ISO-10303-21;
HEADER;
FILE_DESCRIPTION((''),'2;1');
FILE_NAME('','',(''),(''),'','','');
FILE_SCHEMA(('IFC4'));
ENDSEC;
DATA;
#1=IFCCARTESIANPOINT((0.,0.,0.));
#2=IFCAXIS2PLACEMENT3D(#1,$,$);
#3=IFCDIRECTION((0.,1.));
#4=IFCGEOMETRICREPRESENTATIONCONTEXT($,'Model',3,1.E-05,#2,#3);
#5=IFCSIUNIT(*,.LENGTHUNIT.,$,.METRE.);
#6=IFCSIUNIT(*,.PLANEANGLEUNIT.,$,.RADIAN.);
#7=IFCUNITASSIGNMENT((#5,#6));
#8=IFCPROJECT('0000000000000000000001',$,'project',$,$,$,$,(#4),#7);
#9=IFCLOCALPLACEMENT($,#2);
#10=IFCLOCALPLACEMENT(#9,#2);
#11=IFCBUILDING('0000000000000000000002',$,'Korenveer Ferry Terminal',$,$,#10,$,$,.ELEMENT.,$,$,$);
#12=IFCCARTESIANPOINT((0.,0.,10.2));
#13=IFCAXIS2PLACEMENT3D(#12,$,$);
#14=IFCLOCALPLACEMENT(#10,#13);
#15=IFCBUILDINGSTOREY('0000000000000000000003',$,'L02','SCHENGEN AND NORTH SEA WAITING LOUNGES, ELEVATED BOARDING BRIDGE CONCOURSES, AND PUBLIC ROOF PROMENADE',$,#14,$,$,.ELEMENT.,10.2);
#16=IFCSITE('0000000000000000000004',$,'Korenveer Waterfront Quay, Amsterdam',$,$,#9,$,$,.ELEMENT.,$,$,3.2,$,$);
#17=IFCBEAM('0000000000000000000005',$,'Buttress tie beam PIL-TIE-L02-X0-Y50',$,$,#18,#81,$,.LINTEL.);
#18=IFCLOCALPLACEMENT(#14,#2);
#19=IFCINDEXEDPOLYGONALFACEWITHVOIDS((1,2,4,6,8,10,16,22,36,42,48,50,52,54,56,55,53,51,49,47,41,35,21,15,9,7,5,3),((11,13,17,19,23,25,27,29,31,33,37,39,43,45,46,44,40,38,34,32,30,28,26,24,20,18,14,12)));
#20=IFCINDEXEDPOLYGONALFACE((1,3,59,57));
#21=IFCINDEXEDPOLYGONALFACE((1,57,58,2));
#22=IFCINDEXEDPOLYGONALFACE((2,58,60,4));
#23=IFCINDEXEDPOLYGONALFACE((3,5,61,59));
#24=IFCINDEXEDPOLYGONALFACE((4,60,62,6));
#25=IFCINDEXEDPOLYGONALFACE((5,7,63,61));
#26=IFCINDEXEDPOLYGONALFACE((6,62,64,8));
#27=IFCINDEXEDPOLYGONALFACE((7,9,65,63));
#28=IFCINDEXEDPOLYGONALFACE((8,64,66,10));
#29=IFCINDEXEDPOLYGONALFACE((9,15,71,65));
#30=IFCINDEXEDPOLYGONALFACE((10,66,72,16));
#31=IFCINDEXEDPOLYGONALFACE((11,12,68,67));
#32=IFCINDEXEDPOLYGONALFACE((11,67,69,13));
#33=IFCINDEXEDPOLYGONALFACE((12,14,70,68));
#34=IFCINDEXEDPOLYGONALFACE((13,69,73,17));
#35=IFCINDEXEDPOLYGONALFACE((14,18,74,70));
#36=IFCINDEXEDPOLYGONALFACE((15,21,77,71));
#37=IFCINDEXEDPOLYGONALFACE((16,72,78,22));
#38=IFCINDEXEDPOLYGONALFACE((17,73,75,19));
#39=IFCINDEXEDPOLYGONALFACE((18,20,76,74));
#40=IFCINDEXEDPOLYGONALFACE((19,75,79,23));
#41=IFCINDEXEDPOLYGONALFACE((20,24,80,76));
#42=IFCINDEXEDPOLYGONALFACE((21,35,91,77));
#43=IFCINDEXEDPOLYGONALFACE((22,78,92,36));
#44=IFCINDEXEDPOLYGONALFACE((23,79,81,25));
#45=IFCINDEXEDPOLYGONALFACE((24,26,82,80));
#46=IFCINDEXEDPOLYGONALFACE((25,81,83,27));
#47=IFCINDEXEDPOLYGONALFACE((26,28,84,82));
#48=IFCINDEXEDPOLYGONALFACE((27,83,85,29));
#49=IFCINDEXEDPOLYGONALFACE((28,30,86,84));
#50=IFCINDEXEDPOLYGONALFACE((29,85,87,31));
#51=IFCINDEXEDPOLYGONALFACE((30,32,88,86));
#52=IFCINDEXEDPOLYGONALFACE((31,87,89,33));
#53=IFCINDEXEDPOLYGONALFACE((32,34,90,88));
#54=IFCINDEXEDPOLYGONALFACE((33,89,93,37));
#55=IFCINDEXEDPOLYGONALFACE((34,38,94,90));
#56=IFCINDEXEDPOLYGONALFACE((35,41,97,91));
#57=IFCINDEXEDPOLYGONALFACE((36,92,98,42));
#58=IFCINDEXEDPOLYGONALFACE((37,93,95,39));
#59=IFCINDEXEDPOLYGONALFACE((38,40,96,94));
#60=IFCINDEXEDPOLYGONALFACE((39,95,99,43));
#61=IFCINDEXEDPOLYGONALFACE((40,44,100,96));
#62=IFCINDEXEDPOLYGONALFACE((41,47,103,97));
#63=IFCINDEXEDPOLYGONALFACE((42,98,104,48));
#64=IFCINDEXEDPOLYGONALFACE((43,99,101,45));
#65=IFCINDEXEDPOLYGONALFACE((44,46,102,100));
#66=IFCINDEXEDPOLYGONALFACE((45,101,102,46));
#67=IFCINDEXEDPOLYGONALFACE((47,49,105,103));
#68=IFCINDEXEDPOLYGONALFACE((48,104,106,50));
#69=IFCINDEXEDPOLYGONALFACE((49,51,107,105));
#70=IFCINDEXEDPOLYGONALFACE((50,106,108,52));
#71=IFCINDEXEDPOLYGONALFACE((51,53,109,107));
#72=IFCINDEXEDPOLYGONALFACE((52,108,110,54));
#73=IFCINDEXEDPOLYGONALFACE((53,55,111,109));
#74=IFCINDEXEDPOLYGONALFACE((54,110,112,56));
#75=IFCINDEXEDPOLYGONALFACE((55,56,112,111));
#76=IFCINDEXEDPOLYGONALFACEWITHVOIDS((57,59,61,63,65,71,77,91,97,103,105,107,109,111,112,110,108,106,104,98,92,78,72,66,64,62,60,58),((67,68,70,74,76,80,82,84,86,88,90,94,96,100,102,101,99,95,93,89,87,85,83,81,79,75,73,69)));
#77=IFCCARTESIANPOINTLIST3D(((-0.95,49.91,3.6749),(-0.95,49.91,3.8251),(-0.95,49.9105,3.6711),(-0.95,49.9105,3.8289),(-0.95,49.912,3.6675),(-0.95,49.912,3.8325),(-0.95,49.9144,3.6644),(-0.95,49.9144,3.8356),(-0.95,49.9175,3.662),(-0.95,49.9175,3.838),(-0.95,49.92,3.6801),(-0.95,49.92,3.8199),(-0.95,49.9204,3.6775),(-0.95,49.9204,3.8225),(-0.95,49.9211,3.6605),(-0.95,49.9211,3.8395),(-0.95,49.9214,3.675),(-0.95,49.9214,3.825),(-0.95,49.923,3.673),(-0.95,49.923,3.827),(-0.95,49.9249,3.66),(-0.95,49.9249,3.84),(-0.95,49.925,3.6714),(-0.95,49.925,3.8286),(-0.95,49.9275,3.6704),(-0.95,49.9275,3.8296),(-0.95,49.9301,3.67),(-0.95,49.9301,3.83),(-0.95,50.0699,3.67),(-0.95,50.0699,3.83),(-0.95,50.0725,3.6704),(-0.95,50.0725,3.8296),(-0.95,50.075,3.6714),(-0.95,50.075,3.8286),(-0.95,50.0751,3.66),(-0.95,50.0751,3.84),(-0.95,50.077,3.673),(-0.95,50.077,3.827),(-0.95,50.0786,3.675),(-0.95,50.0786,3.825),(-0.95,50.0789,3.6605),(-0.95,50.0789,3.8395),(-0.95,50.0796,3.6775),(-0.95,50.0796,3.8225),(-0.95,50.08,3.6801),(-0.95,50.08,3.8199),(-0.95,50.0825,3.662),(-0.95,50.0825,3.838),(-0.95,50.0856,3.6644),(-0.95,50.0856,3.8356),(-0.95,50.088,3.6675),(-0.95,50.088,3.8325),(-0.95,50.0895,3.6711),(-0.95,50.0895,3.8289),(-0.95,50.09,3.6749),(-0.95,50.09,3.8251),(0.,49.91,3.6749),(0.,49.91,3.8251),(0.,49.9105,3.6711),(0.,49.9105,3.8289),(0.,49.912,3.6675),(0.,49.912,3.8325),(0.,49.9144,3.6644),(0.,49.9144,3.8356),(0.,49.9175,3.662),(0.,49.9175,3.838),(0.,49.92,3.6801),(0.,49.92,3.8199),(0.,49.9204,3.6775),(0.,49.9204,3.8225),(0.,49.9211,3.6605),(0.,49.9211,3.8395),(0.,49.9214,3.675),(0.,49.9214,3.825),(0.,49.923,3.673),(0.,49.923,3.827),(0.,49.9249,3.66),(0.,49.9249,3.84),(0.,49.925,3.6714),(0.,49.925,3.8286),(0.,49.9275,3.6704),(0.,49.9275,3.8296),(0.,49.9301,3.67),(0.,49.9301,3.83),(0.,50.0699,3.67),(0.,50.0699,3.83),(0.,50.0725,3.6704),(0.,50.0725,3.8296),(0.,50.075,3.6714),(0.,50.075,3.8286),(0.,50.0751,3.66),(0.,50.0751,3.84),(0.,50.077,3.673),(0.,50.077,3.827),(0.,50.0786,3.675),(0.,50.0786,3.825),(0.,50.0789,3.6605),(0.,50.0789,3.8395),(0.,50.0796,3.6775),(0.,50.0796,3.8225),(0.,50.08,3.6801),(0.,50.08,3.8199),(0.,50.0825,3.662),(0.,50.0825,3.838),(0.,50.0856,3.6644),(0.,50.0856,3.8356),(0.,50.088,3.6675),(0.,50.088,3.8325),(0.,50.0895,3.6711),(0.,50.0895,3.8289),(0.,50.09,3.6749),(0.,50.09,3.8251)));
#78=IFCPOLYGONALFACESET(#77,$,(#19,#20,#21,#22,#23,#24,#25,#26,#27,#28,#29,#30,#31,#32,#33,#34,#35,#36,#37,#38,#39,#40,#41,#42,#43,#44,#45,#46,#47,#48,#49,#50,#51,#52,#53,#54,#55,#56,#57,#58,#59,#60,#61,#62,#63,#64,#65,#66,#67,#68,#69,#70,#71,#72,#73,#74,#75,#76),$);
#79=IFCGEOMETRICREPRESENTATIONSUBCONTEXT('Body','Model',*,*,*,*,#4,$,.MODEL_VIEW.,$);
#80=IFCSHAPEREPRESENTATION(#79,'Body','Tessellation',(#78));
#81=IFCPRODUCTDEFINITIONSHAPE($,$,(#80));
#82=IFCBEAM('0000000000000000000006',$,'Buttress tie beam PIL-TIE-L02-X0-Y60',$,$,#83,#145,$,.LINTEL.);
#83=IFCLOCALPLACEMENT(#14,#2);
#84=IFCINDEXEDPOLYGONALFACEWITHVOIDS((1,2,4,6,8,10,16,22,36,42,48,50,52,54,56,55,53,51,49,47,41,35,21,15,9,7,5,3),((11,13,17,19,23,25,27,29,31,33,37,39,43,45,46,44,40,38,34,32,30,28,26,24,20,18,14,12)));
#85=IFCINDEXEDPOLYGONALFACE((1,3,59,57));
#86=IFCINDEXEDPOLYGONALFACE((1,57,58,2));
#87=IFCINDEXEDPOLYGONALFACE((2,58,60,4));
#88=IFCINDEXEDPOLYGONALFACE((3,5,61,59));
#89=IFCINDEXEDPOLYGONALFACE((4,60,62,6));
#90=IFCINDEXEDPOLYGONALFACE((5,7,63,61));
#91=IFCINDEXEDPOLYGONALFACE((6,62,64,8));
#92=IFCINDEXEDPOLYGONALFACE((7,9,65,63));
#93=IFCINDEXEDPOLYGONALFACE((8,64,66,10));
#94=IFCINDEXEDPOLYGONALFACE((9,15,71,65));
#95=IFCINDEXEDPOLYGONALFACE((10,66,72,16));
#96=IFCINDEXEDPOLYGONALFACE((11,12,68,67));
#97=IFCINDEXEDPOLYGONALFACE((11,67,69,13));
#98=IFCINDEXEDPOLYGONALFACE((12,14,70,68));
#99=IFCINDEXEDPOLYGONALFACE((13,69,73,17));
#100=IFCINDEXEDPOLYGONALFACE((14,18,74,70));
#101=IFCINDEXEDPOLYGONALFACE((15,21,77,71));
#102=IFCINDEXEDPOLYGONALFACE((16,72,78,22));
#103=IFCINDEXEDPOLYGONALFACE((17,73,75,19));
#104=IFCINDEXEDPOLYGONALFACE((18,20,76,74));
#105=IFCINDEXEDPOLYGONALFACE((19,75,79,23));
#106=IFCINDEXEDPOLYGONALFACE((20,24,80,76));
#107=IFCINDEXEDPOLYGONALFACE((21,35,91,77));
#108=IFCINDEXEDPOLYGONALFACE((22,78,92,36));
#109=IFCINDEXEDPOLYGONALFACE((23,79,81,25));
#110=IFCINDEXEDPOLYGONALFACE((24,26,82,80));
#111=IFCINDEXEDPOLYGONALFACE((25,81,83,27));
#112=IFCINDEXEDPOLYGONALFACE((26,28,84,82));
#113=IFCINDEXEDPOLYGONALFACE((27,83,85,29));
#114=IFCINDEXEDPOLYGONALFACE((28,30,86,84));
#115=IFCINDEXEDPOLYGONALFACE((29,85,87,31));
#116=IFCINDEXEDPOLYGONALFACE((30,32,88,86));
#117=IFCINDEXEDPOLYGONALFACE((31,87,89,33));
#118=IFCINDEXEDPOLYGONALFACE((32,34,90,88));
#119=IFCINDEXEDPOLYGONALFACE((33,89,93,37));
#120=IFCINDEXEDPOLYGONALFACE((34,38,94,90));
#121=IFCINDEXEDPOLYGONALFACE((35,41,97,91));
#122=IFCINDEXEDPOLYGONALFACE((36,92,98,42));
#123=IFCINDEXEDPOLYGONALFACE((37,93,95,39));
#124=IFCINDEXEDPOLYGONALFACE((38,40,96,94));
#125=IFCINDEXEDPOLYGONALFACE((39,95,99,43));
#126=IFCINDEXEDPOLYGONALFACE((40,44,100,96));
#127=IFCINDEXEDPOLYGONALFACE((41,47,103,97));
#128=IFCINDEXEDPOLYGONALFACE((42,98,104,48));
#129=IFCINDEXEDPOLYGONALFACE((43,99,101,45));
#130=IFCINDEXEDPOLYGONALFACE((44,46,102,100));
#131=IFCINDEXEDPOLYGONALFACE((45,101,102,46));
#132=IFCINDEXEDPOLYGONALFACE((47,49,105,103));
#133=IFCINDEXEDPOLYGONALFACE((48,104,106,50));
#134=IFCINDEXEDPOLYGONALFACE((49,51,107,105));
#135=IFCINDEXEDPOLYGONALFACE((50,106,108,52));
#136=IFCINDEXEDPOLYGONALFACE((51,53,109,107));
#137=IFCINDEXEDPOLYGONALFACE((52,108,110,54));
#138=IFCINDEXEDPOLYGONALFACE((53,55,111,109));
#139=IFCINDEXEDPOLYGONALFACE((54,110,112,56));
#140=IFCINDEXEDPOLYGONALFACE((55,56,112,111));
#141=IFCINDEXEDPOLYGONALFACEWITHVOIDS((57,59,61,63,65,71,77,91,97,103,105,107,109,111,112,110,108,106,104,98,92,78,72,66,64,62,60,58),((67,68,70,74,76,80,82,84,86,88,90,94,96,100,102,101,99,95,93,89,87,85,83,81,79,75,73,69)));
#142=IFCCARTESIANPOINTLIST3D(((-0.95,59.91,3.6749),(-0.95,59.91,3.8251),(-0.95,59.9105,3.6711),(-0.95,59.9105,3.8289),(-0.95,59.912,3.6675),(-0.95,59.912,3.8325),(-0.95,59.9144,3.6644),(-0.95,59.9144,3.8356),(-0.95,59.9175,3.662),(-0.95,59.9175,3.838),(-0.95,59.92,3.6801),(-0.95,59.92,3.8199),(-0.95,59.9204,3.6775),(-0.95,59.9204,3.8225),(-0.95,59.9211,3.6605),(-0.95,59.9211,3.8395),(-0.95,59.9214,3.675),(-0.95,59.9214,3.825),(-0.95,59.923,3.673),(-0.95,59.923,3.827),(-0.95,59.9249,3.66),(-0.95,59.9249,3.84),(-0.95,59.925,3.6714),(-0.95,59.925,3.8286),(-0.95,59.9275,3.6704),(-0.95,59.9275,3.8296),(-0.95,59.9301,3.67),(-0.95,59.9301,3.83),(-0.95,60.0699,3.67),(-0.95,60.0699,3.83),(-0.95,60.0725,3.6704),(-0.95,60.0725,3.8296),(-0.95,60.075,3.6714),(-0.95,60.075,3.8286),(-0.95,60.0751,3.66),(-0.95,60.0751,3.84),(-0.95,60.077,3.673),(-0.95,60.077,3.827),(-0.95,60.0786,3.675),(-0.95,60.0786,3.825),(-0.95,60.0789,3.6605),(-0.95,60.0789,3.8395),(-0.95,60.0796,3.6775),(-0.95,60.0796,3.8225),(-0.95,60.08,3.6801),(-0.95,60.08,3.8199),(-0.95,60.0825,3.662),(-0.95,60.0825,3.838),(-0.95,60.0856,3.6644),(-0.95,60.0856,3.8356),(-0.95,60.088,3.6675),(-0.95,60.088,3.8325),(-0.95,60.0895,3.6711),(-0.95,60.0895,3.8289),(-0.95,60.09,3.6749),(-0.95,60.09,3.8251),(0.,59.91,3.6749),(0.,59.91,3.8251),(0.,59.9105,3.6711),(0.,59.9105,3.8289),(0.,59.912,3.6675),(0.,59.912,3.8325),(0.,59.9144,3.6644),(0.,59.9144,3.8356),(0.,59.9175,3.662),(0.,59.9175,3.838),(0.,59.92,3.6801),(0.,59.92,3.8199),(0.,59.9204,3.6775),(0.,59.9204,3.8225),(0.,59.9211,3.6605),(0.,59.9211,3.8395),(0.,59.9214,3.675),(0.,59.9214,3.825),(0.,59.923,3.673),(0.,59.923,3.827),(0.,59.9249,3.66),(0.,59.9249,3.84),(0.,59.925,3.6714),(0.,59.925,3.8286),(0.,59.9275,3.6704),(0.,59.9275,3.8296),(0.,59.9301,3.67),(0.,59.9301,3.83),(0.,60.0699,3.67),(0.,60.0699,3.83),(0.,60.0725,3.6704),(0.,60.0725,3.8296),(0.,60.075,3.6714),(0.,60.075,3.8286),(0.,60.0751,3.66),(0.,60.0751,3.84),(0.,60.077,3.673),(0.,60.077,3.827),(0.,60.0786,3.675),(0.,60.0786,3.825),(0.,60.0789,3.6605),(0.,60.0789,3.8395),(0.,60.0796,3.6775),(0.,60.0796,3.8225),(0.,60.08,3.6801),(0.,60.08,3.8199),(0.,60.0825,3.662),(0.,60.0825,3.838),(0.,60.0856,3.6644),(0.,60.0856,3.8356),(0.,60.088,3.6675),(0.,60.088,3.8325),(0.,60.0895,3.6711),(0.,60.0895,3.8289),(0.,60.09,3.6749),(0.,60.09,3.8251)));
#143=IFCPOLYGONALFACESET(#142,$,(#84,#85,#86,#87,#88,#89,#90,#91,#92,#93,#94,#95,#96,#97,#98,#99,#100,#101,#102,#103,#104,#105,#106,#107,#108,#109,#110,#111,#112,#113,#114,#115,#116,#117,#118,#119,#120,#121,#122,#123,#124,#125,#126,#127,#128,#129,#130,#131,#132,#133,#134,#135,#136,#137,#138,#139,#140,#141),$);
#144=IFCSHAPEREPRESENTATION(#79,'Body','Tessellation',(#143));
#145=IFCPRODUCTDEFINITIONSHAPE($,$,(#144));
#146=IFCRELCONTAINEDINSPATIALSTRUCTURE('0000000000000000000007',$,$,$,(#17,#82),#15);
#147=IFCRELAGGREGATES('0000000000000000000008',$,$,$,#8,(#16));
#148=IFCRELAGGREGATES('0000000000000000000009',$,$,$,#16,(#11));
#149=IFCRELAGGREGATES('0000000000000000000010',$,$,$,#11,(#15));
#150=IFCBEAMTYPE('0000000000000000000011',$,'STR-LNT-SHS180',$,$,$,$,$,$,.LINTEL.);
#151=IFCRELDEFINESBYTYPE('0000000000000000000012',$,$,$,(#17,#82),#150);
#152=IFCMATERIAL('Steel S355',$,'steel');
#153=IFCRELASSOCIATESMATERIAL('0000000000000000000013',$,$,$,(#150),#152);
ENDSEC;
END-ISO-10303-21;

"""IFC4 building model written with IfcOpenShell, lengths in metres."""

from ifc_helpers import new_model, si_unit, direction, frame, origin, origin_2d, place, context, subcontext, project, spatial, hollow_rectangle, extrude, material, material_profile, profile_set, type_object, element, save


model = new_model("IFC4")

# Units and contexts
model_context = context("Model", 3, precision=1e-05, world=origin(), true_north=direction((0.0, 1.0)))
body_context = subcontext(model_context, "Body", "Model", "MODEL_VIEW")
ifc_project = project(units=[si_unit("LENGTHUNIT", "METRE"), si_unit("PLANEANGLEUNIT", "RADIAN")], contexts=[model_context])

# Site, building, storey
site_placement = place(None, origin())
site = spatial("IfcSite", under=ifc_project, at=site_placement, Name="Korenveer Waterfront Quay, Amsterdam", CompositionType="ELEMENT", RefElevation=3.2)
building_placement = place(site_placement, origin())
building = spatial("IfcBuilding", under=site, at=building_placement, Name="Korenveer Ferry Terminal", CompositionType="ELEMENT")
storey_placement = place(building_placement, frame((0.0, 0.0, 10.2)))
storey = spatial("IfcBuildingStorey", under=building, at=storey_placement, Name="L02", Description="SCHENGEN AND NORTH SEA WAITING LOUNGES, ELEVATED BOARDING BRIDGE CONCOURSES, AND PUBLIC ROOF PROMENADE", CompositionType="ELEMENT", Elevation=10.2)

# Shared definitions
ifc_material_1 = material(Name="Steel S355", Category="steel")

# Beams
ifc_material_profile_1 = material_profile(ifc_material_1, hollow_rectangle(XDim=0.1799, YDim=0.1799, WallThickness=0.01, InnerFilletRadius=0.01, OuterFilletRadius=0.0149, at=origin_2d()), Name="SHS 180x180x10")
ifc_profile_set_1 = profile_set([ifc_material_profile_1], Name="Steel S355")
beam_type_1 = type_object("IfcBeamType", Name="STR-LNT-SHS180", PredefinedType="LINTEL", material=ifc_profile_set_1)
for number, where, z_axis, x_axis, name in (
    (1, (-0.95, 50.0, 3.75), (1.0, 0.0, 0.0), (0.0, 1.0, 0.0), "Buttress tie beam PIL-TIE-L02-X0-Y50"),
    (2, (-0.95, 60.0, 3.75), (1.0, 0.0, 0.0), (0.0, 1.0, 0.0), "Buttress tie beam PIL-TIE-L02-X0-Y60"),
):
    element("IfcBeam", number, at=place(storey_placement, frame(where, z_axis=z_axis, x_axis=x_axis)), inside=storey, type_object=beam_type_1, Name=name, PredefinedType="LINTEL", context=body_context, shape_type="SweptSolid", body=[
        extrude(hollow_rectangle(XDim=0.1799, YDim=0.1799, WallThickness=0.01, InnerFilletRadius=0.01, OuterFilletRadius=0.0149, at=origin_2d()), origin(), (0.0, 0.0, 1.0), 0.95),
    ])

save(model, "model.ifc")
